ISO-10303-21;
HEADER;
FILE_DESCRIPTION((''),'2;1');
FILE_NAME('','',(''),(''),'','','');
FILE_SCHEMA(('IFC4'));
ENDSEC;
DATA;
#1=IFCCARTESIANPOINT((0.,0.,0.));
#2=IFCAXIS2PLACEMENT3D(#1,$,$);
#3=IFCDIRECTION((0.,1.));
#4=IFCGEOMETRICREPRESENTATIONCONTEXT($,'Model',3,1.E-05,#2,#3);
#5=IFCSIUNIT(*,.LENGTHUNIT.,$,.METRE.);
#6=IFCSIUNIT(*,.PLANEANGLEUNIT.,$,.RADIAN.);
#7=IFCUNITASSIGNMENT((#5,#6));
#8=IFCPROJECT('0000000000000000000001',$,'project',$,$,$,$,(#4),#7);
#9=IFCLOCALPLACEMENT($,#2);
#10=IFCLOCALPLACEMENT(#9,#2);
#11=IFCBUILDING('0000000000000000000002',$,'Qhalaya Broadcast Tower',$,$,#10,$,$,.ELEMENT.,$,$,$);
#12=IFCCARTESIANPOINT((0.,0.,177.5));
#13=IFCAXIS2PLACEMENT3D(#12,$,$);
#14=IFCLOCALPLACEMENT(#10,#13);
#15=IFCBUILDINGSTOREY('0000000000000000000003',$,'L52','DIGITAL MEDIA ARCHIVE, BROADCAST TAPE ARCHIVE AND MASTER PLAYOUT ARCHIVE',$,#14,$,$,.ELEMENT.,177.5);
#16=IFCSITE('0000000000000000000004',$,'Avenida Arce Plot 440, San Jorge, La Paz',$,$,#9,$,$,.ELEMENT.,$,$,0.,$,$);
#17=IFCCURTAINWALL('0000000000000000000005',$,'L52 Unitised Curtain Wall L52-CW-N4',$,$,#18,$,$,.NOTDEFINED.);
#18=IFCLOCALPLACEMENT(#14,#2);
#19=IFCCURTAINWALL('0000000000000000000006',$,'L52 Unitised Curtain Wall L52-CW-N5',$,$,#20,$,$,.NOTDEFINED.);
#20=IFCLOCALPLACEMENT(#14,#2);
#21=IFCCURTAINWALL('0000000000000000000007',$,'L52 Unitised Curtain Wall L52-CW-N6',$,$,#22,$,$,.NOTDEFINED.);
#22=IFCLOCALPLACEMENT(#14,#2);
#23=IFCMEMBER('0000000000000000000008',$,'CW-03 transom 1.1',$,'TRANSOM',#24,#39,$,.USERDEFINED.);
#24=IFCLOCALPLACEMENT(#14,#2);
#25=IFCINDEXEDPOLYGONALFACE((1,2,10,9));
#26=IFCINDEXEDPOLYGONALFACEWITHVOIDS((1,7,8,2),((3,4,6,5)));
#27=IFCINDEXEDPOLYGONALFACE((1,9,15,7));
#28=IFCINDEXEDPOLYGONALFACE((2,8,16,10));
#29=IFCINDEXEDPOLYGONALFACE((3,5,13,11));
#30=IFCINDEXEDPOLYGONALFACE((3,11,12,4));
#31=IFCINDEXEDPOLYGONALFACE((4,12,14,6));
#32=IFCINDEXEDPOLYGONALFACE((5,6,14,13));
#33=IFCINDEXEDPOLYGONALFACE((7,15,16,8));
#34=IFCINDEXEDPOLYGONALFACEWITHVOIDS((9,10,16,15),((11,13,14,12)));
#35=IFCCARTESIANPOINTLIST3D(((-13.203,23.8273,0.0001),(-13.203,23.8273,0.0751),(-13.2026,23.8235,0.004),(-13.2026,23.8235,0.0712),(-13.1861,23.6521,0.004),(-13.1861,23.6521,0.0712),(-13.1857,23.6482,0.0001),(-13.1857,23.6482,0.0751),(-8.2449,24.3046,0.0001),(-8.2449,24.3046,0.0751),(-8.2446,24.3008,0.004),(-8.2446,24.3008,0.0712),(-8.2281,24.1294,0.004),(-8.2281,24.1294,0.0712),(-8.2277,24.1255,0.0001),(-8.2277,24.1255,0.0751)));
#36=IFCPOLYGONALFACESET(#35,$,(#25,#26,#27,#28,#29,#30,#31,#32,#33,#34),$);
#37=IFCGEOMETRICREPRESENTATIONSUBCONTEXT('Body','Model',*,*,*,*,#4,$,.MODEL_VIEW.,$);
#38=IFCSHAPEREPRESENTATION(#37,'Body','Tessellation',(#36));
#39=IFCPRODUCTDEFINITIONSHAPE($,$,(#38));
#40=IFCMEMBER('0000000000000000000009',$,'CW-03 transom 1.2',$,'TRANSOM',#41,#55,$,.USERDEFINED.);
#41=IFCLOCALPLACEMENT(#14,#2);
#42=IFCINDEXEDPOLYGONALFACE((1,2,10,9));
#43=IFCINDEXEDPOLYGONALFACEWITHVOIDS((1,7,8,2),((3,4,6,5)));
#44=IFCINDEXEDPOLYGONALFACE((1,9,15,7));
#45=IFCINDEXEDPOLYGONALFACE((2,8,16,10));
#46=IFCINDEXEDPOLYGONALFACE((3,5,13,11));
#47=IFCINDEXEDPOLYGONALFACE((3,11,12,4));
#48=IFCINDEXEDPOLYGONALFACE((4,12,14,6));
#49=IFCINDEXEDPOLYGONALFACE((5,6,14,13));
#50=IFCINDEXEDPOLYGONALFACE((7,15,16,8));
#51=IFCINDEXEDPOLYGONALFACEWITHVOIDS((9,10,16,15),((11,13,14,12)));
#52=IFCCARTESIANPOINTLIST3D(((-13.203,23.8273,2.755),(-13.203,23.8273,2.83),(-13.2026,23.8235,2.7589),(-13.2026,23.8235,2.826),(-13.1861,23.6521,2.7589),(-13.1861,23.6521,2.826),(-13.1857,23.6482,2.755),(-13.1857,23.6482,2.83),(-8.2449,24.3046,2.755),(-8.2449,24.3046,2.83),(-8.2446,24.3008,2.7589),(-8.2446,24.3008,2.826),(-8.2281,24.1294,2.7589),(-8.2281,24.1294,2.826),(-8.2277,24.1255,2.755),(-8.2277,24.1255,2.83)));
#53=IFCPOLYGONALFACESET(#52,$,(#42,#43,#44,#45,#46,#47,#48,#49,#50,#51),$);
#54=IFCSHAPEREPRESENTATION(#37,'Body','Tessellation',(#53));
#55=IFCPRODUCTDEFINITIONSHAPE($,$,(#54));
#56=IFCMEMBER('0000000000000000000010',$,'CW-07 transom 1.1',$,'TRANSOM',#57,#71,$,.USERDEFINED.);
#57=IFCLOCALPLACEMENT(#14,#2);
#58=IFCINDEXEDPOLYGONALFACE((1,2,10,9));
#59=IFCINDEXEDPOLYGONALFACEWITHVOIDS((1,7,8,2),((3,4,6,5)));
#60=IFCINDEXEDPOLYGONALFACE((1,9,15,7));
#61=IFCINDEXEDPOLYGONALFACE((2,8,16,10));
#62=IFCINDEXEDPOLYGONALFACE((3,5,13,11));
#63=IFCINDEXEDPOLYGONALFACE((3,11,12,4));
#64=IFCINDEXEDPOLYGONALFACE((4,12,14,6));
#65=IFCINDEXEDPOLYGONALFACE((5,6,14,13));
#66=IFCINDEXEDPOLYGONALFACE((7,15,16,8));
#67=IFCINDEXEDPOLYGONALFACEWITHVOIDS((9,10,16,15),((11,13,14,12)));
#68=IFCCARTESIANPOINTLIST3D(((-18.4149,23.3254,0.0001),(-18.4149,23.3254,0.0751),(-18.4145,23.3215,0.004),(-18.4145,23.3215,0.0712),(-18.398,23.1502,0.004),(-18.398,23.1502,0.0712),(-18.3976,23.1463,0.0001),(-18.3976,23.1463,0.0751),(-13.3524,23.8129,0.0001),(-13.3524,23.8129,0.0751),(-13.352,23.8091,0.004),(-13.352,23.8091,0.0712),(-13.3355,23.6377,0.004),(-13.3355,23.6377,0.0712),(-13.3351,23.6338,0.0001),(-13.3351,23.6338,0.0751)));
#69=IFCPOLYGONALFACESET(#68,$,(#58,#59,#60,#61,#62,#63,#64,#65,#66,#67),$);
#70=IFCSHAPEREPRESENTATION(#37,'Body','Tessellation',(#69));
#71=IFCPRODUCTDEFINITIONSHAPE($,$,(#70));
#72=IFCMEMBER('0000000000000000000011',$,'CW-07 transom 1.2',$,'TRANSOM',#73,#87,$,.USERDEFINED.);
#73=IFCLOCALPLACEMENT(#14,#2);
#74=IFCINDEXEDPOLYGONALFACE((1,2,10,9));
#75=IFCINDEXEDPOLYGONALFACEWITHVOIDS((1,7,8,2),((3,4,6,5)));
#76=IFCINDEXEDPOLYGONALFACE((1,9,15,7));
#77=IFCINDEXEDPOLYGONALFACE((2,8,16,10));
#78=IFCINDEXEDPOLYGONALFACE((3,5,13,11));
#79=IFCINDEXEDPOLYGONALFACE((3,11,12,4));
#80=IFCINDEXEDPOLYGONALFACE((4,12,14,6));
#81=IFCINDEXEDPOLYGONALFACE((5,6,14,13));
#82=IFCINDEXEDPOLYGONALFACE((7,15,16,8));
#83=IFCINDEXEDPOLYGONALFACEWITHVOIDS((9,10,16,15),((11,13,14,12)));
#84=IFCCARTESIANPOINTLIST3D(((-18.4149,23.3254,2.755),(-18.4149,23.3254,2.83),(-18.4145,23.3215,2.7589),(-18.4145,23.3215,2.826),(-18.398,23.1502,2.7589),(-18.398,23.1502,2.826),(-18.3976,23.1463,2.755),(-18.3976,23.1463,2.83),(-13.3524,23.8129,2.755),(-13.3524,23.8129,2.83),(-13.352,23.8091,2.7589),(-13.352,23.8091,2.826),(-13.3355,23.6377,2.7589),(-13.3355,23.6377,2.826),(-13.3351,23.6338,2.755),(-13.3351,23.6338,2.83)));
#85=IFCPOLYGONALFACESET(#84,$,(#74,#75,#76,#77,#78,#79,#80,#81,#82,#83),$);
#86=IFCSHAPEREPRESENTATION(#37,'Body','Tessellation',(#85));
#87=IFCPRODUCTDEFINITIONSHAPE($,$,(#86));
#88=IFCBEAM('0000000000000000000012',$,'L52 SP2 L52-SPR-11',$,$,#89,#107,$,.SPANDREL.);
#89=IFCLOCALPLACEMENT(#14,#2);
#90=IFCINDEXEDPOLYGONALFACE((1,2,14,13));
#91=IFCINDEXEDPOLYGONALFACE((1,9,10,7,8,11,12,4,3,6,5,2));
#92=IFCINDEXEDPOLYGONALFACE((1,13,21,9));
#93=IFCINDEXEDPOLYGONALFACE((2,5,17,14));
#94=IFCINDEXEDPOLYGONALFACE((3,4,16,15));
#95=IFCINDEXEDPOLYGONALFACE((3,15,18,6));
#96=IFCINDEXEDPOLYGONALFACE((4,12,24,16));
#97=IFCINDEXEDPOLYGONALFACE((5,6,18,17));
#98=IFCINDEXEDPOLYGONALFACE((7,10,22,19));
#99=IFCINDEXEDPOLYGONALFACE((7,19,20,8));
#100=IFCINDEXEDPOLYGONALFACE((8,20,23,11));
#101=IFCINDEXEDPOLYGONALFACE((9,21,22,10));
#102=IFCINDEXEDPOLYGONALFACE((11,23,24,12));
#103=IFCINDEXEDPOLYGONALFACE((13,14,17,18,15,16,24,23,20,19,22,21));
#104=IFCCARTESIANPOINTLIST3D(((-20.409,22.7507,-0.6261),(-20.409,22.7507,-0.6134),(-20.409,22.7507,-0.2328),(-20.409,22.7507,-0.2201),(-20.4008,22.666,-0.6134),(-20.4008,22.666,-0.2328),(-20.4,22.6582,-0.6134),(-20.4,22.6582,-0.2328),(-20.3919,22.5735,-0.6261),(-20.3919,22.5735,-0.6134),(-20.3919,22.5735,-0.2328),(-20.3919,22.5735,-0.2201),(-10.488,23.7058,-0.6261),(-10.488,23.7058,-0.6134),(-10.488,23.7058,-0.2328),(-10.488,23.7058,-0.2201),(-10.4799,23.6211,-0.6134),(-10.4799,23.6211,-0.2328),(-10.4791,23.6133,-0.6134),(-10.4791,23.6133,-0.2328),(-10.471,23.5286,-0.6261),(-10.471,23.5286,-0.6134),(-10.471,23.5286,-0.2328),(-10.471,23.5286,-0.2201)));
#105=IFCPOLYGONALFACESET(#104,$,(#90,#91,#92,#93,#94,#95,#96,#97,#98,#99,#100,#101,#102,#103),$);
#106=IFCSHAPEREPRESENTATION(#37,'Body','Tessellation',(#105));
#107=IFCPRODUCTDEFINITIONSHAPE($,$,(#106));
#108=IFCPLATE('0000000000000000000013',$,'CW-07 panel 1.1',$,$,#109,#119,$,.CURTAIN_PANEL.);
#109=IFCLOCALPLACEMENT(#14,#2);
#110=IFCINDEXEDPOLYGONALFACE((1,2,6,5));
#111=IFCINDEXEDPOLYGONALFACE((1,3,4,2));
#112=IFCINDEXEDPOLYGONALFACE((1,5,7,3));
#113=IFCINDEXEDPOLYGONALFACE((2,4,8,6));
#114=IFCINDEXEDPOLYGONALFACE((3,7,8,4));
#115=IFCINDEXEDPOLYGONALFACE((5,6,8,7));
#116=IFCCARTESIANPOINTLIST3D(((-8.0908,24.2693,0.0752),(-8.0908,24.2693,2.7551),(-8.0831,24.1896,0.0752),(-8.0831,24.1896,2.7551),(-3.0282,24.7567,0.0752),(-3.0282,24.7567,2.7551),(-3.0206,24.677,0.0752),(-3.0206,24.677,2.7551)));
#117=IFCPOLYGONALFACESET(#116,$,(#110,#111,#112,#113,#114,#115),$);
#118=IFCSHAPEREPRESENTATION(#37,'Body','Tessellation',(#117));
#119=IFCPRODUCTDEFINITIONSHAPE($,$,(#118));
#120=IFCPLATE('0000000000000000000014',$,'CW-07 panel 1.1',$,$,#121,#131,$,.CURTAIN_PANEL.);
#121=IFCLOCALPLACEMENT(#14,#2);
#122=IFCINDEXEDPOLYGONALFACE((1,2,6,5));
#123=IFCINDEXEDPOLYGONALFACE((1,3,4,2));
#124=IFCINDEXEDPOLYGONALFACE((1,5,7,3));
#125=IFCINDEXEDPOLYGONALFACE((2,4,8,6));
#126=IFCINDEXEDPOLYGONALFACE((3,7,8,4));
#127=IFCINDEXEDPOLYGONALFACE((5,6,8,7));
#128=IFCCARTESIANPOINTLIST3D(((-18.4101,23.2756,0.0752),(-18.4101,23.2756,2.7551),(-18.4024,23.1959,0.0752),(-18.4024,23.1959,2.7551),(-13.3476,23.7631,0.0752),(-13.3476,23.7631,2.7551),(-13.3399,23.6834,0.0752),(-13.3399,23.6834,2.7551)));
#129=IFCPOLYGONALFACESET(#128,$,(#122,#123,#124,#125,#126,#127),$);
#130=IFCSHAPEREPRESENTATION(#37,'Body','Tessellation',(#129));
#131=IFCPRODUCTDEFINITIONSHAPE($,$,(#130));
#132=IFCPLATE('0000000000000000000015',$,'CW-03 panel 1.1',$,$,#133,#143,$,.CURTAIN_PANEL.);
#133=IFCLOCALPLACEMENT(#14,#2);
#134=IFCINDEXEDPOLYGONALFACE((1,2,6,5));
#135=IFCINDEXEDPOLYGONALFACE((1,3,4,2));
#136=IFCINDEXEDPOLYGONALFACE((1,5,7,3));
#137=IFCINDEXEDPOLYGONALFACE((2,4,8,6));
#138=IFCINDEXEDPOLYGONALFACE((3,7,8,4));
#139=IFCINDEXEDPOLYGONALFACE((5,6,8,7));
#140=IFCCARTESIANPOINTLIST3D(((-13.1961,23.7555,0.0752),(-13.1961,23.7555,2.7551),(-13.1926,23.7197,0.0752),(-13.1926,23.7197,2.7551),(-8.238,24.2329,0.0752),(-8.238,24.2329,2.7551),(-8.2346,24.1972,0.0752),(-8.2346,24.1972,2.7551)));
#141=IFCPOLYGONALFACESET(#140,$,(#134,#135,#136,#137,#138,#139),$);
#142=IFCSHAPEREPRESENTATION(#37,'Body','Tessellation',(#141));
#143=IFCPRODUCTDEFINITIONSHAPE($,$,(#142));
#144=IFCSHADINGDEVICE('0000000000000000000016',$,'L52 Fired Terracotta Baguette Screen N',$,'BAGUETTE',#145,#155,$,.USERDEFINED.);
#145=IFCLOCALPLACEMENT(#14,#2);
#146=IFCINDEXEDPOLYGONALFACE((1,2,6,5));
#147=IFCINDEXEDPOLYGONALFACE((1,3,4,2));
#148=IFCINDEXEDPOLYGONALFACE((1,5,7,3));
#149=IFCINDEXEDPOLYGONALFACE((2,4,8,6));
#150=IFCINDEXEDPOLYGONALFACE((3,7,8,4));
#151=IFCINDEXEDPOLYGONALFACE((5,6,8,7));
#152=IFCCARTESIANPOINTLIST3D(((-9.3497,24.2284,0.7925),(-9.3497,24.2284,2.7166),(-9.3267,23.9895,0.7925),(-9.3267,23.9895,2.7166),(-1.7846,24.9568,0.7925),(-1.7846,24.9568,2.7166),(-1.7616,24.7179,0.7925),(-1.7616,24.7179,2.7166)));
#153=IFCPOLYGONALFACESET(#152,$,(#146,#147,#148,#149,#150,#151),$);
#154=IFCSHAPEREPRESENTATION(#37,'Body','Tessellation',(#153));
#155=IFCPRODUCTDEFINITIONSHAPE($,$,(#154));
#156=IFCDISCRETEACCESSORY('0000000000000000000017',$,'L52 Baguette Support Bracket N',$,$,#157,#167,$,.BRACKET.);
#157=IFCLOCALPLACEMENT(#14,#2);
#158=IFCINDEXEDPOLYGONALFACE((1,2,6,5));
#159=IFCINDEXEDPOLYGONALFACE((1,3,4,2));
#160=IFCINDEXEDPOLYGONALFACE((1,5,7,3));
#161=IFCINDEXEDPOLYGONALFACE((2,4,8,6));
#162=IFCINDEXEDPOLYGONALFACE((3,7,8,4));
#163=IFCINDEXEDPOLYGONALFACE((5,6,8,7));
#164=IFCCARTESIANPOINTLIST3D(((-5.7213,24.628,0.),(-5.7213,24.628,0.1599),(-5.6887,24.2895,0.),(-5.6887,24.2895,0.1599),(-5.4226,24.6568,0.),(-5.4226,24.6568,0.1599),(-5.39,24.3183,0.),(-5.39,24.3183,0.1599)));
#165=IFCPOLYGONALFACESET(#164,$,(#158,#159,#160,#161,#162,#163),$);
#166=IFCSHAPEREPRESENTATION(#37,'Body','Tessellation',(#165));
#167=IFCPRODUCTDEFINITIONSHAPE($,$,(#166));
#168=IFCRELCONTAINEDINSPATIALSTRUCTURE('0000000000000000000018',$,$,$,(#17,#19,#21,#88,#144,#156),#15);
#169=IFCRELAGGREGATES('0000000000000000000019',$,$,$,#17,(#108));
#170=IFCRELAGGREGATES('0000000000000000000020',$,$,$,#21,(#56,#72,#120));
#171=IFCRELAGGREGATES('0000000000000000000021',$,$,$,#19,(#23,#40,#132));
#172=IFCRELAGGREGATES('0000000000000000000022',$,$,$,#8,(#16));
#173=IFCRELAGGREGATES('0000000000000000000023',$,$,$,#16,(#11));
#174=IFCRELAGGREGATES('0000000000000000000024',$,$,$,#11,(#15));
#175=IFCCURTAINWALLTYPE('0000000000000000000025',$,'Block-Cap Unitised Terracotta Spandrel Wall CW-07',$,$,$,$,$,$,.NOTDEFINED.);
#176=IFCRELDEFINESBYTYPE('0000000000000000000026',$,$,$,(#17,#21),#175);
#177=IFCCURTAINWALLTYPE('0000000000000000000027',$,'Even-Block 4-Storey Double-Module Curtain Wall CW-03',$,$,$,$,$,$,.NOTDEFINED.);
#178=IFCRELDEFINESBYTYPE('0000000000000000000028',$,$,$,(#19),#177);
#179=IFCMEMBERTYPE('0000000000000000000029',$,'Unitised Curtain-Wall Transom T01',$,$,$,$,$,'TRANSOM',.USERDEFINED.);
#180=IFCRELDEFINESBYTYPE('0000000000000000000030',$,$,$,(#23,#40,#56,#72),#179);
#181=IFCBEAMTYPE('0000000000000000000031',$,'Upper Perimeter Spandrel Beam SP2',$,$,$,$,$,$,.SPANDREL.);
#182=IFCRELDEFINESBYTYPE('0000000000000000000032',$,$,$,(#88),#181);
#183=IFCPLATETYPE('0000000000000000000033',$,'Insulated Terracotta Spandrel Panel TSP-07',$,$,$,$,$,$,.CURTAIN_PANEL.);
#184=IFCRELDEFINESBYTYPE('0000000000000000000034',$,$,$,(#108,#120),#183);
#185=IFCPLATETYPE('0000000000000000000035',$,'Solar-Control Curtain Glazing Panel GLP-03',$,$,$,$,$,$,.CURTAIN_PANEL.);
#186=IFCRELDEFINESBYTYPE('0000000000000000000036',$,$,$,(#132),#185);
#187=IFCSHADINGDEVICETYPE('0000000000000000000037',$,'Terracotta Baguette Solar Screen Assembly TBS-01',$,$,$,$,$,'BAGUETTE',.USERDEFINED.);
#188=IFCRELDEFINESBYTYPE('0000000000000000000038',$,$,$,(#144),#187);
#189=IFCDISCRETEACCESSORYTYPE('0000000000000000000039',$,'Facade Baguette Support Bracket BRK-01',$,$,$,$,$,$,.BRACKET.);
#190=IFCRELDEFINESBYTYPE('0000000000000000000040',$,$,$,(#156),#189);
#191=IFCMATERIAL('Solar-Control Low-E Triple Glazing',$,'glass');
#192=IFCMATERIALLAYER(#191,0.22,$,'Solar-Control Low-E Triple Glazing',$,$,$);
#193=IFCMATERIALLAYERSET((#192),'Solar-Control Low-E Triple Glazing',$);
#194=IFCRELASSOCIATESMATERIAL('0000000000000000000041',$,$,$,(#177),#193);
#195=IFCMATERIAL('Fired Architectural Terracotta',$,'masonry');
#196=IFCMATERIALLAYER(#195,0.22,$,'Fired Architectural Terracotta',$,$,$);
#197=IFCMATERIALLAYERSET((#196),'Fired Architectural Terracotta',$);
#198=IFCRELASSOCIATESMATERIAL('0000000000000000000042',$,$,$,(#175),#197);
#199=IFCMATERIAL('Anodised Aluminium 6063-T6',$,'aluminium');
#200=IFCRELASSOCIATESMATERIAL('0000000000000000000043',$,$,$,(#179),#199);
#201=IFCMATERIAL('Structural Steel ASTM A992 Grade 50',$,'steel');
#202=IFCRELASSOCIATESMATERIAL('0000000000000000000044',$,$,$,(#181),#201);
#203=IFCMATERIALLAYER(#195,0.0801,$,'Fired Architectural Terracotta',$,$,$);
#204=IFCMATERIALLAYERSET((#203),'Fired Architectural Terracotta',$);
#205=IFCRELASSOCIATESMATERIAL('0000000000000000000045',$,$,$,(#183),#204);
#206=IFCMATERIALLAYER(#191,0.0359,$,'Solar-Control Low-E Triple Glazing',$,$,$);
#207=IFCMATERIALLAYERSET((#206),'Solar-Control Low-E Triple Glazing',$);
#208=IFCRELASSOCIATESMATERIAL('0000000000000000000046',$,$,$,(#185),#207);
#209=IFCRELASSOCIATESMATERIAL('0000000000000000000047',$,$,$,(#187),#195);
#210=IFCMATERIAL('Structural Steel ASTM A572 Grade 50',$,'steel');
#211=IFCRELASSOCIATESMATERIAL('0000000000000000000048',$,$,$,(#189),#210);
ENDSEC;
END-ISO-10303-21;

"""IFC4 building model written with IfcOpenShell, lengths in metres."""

from ifc_helpers import new_model, si_unit, direction, frame, origin, origin_2d, place, context, subcontext, project, spatial, rectangle, hollow_rectangle, i_section, extrude, material, layer, layer_set, material_profile, profile_set, type_object, element, aggregate, save


model = new_model("IFC4")

# Units and contexts
model_context = context("Model", 3, precision=1e-05, world=origin(), true_north=direction((0.0, 1.0)))
body_context = subcontext(model_context, "Body", "Model", "MODEL_VIEW")
ifc_project = project(units=[si_unit("LENGTHUNIT", "METRE"), si_unit("PLANEANGLEUNIT", "RADIAN")], contexts=[model_context])

# Site, building, storey
site_placement = place(None, origin())
site = spatial("IfcSite", under=ifc_project, at=site_placement, Name="Avenida Arce Plot 440, San Jorge, La Paz", CompositionType="ELEMENT", RefElevation=0.0)
building_placement = place(site_placement, origin())
building = spatial("IfcBuilding", under=site, at=building_placement, Name="Qhalaya Broadcast Tower", CompositionType="ELEMENT")
storey_placement = place(building_placement, frame((0.0, 0.0, 177.5)))
storey = spatial("IfcBuildingStorey", under=building, at=storey_placement, Name="L52", Description="DIGITAL MEDIA ARCHIVE, BROADCAST TAPE ARCHIVE AND MASTER PLAYOUT ARCHIVE", CompositionType="ELEMENT", Elevation=177.5)

# Shared definitions
ifc_material_1 = material(Name="Structural Steel ASTM A572 Grade 50", Category="steel")

# Shared definitions
ifc_material_2 = material(Name="Solar-Control Low-E Triple Glazing", Category="glass")
ifc_layer_1 = layer(ifc_material_2, 0.22, Name="Solar-Control Low-E Triple Glazing")
ifc_layer_set_1 = layer_set([ifc_layer_1], Name="Solar-Control Low-E Triple Glazing")
curtain_wall_type_1 = type_object("IfcCurtainWallType", Name="Even-Block 4-Storey Double-Module Curtain Wall CW-03", PredefinedType="NOTDEFINED", material=ifc_layer_set_1)
ifc_material_3 = material(Name="Anodised Aluminium 6063-T6", Category="aluminium")

# Curtain walls
ifc_material_4 = material(Name="Fired Architectural Terracotta", Category="masonry")
ifc_layer_2 = layer(ifc_material_4, 0.22, Name="Fired Architectural Terracotta")
ifc_layer_set_2 = layer_set([ifc_layer_2], Name="Fired Architectural Terracotta")
curtain_wall_type_2 = type_object("IfcCurtainWallType", Name="Block-Cap Unitised Terracotta Spandrel Wall CW-07", PredefinedType="NOTDEFINED", material=ifc_layer_set_2)
curtain_wall_1_placement = place(storey_placement, origin())
curtain_wall_1 = element("IfcCurtainWall", 1, at=curtain_wall_1_placement, inside=storey, type_object=curtain_wall_type_2, Name="L52 Unitised Curtain Wall L52-CW-N4", PredefinedType="NOTDEFINED")
curtain_wall_2_placement = place(storey_placement, origin())
curtain_wall_2 = element("IfcCurtainWall", 2, at=curtain_wall_2_placement, inside=storey, type_object=curtain_wall_type_1, Name="L52 Unitised Curtain Wall L52-CW-N5", PredefinedType="NOTDEFINED")
curtain_wall_3_placement = place(storey_placement, origin())
curtain_wall_3 = element("IfcCurtainWall", 3, at=curtain_wall_3_placement, inside=storey, type_object=curtain_wall_type_2, Name="L52 Unitised Curtain Wall L52-CW-N6", PredefinedType="NOTDEFINED")

# Members
ifc_material_profile_1 = material_profile(ifc_material_3, hollow_rectangle(XDim=0.075, YDim=0.1799, WallThickness=0.0039, at=origin_2d()), Name="ALU-TRN 75x180x4")
ifc_profile_set_1 = profile_set([ifc_material_profile_1], Name="Anodised Aluminium 6063-T6")
member_type_1 = type_object("IfcMemberType", Name="Unitised Curtain-Wall Transom T01", ElementType="TRANSOM", PredefinedType="USERDEFINED", material=ifc_profile_set_1)
member_1_placement = place(storey_placement, frame((-8.2363, 24.2151, 0.0376), z_axis=(-0.995398, -0.095824, 0.0), x_axis=(0.0, 0.0, 1.0)))
member_1 = element("IfcMember", 4, at=member_1_placement, type_object=member_type_1, Name="CW-03 transom 1.1", ObjectType="TRANSOM", PredefinedType="USERDEFINED", context=body_context, shape_type="SweptSolid", body=[
    extrude(hollow_rectangle(XDim=0.075, YDim=0.1799, WallThickness=0.0039, at=origin_2d()), origin(), (0.0, 0.0, 1.0), 4.981),
])
member_2_placement = place(storey_placement, frame((-8.2363, 24.2151, 2.7925), z_axis=(-0.995398, -0.095824, 0.0), x_axis=(0.0, 0.0, 1.0)))
member_2 = element("IfcMember", 5, at=member_2_placement, type_object=member_type_1, Name="CW-03 transom 1.2", ObjectType="TRANSOM", PredefinedType="USERDEFINED", context=body_context, shape_type="SweptSolid", body=[
    extrude(hollow_rectangle(XDim=0.075, YDim=0.1799, WallThickness=0.0039, at=origin_2d()), origin(), (0.0, 0.0, 1.0), 4.981),
])
member_3_placement = place(storey_placement, frame((-13.3438, 23.7234, 0.0376), z_axis=(-0.995395, -0.095862, 0.0), x_axis=(0.0, 0.0, 1.0)))
member_3 = element("IfcMember", 6, at=member_3_placement, type_object=member_type_1, Name="CW-07 transom 1.1", ObjectType="TRANSOM", PredefinedType="USERDEFINED", context=body_context, shape_type="SweptSolid", body=[
    extrude(hollow_rectangle(XDim=0.075, YDim=0.1799, WallThickness=0.0039, at=origin_2d()), origin(), (0.0, 0.0, 1.0), 5.0859),
])
member_4_placement = place(storey_placement, frame((-13.3438, 23.7234, 2.7925), z_axis=(-0.995395, -0.095862, 0.0), x_axis=(0.0, 0.0, 1.0)))
member_4 = element("IfcMember", 7, at=member_4_placement, type_object=member_type_1, Name="CW-07 transom 1.2", ObjectType="TRANSOM", PredefinedType="USERDEFINED", context=body_context, shape_type="SweptSolid", body=[
    extrude(hollow_rectangle(XDim=0.075, YDim=0.1799, WallThickness=0.0039, at=origin_2d()), origin(), (0.0, 0.0, 1.0), 5.0859),
])

# Beam
ifc_material_5 = material(Name="Structural Steel ASTM A992 Grade 50", Category="steel")
ifc_material_profile_2 = material_profile(ifc_material_5, i_section(OverallWidth=0.178, OverallDepth=0.406, WebThickness=0.0078, FlangeThickness=0.0127, at=origin_2d()), Name="W16X40")
ifc_profile_set_2 = profile_set([ifc_material_profile_2], Name="Structural Steel ASTM A992 Grade 50")
beam_type = type_object("IfcBeamType", Name="Upper Perimeter Spandrel Beam SP2", PredefinedType="SPANDREL", material=ifc_profile_set_2)
beam_placement = place(storey_placement, frame((-10.4795, 23.6172, -0.4231), z_axis=(-0.995398, -0.095826, 0.0), x_axis=(0.095826, -0.995398, 0.0)))
element("IfcBeam", 8, at=beam_placement, inside=storey, type_object=beam_type, Name="L52 SP2 L52-SPR-11", PredefinedType="SPANDREL", context=body_context, shape_type="SweptSolid", body=[
    extrude(i_section(OverallWidth=0.178, OverallDepth=0.406, WebThickness=0.0078, FlangeThickness=0.0127, at=origin_2d()), origin(), (0.0, 0.0, 1.0), 9.9668),
])

# Plates
ifc_layer_3 = layer(ifc_material_4, 0.0801, Name="Fired Architectural Terracotta")
ifc_layer_set_3 = layer_set([ifc_layer_3], Name="Fired Architectural Terracotta")
plate_type_1 = type_object("IfcPlateType", Name="Insulated Terracotta Spandrel Panel TSP-07", PredefinedType="CURTAIN_PANEL", material=ifc_layer_set_3)
plate_1_placement = place(storey_placement, frame((-5.5557, 24.4731, 0.0752), z_axis=(0.0, 0.0, 1.0), x_axis=(-0.995397, -0.095837, 0.0)))
plate_1 = element("IfcPlate", 9, at=plate_1_placement, type_object=plate_type_1, Name="CW-07 panel 1.1", PredefinedType="CURTAIN_PANEL", context=body_context, shape_type="SweptSolid", body=[
    extrude(rectangle(XDim=5.0859, YDim=0.0801, at=origin_2d()), origin(), (0.0, 0.0, 1.0), 2.6799),
])
aggregate(curtain_wall_1, [plate_1])
plate_2_placement = place(storey_placement, frame((-15.875, 23.4795, 0.0752), z_axis=(0.0, 0.0, 1.0), x_axis=(-0.995395, -0.095855, 0.0)))
plate_2 = element("IfcPlate", 10, at=plate_2_placement, type_object=plate_type_1, Name="CW-07 panel 1.1", PredefinedType="CURTAIN_PANEL", context=body_context, shape_type="SweptSolid", body=[
    extrude(rectangle(XDim=5.0859, YDim=0.0801, at=origin_2d()), origin(), (0.0, 0.0, 1.0), 2.6799),
])
aggregate(curtain_wall_3, [member_3, member_4, plate_2])
ifc_layer_4 = layer(ifc_material_2, 0.0359, Name="Solar-Control Low-E Triple Glazing")
ifc_layer_set_4 = layer_set([ifc_layer_4], Name="Solar-Control Low-E Triple Glazing")
plate_type_2 = type_object("IfcPlateType", Name="Solar-Control Curtain Glazing Panel GLP-03", PredefinedType="CURTAIN_PANEL", material=ifc_layer_set_4)
plate_3_placement = place(storey_placement, frame((-10.7153, 23.9763, 0.0752), z_axis=(0.0, 0.0, 1.0), x_axis=(-0.995396, -0.095848, 0.0)))
plate_3 = element("IfcPlate", 11, at=plate_3_placement, type_object=plate_type_2, Name="CW-03 panel 1.1", PredefinedType="CURTAIN_PANEL", context=body_context, shape_type="SweptSolid", body=[
    extrude(rectangle(XDim=4.981, YDim=0.0359, at=origin_2d()), origin(), (0.0, 0.0, 1.0), 2.6799),
])
aggregate(curtain_wall_2, [member_1, member_2, plate_3])

# Shading device
shading_device_type = type_object("IfcShadingDeviceType", Name="Terracotta Baguette Solar Screen Assembly TBS-01", ElementType="BAGUETTE", PredefinedType="USERDEFINED", material=ifc_material_4)
shading_device_placement = place(storey_placement, frame((-5.5557, 24.4731, 0.7925), z_axis=(0.0, 0.0, 1.0), x_axis=(-0.995396, -0.095846, 0.0)))
element("IfcShadingDevice", 12, at=shading_device_placement, inside=storey, type_object=shading_device_type, Name="L52 Fired Terracotta Baguette Screen N", ObjectType="BAGUETTE", PredefinedType="USERDEFINED", context=body_context, shape_type="SweptSolid", body=[
    extrude(rectangle(XDim=7.6001, YDim=0.24, at=origin_2d()), origin(), (0.0, 0.0, 1.0), 1.9241),
])

# Discrete accessory
discrete_accessory_type = type_object("IfcDiscreteAccessoryType", Name="Facade Baguette Support Bracket BRK-01", PredefinedType="BRACKET", material=ifc_material_1)
discrete_accessory_placement = place(storey_placement, frame((-5.5557, 24.4731, 0.0), z_axis=(0.0, 0.0, 1.0), x_axis=(-0.995396, -0.095846, 0.0)))
element("IfcDiscreteAccessory", 13, at=discrete_accessory_placement, inside=storey, type_object=discrete_accessory_type, Name="L52 Baguette Support Bracket N", PredefinedType="BRACKET", context=body_context, shape_type="SweptSolid", body=[
    extrude(rectangle(XDim=0.3, YDim=0.3401, at=origin_2d()), origin(), (0.0, 0.0, 1.0), 0.1599),
])

save(model, "model.ifc")
